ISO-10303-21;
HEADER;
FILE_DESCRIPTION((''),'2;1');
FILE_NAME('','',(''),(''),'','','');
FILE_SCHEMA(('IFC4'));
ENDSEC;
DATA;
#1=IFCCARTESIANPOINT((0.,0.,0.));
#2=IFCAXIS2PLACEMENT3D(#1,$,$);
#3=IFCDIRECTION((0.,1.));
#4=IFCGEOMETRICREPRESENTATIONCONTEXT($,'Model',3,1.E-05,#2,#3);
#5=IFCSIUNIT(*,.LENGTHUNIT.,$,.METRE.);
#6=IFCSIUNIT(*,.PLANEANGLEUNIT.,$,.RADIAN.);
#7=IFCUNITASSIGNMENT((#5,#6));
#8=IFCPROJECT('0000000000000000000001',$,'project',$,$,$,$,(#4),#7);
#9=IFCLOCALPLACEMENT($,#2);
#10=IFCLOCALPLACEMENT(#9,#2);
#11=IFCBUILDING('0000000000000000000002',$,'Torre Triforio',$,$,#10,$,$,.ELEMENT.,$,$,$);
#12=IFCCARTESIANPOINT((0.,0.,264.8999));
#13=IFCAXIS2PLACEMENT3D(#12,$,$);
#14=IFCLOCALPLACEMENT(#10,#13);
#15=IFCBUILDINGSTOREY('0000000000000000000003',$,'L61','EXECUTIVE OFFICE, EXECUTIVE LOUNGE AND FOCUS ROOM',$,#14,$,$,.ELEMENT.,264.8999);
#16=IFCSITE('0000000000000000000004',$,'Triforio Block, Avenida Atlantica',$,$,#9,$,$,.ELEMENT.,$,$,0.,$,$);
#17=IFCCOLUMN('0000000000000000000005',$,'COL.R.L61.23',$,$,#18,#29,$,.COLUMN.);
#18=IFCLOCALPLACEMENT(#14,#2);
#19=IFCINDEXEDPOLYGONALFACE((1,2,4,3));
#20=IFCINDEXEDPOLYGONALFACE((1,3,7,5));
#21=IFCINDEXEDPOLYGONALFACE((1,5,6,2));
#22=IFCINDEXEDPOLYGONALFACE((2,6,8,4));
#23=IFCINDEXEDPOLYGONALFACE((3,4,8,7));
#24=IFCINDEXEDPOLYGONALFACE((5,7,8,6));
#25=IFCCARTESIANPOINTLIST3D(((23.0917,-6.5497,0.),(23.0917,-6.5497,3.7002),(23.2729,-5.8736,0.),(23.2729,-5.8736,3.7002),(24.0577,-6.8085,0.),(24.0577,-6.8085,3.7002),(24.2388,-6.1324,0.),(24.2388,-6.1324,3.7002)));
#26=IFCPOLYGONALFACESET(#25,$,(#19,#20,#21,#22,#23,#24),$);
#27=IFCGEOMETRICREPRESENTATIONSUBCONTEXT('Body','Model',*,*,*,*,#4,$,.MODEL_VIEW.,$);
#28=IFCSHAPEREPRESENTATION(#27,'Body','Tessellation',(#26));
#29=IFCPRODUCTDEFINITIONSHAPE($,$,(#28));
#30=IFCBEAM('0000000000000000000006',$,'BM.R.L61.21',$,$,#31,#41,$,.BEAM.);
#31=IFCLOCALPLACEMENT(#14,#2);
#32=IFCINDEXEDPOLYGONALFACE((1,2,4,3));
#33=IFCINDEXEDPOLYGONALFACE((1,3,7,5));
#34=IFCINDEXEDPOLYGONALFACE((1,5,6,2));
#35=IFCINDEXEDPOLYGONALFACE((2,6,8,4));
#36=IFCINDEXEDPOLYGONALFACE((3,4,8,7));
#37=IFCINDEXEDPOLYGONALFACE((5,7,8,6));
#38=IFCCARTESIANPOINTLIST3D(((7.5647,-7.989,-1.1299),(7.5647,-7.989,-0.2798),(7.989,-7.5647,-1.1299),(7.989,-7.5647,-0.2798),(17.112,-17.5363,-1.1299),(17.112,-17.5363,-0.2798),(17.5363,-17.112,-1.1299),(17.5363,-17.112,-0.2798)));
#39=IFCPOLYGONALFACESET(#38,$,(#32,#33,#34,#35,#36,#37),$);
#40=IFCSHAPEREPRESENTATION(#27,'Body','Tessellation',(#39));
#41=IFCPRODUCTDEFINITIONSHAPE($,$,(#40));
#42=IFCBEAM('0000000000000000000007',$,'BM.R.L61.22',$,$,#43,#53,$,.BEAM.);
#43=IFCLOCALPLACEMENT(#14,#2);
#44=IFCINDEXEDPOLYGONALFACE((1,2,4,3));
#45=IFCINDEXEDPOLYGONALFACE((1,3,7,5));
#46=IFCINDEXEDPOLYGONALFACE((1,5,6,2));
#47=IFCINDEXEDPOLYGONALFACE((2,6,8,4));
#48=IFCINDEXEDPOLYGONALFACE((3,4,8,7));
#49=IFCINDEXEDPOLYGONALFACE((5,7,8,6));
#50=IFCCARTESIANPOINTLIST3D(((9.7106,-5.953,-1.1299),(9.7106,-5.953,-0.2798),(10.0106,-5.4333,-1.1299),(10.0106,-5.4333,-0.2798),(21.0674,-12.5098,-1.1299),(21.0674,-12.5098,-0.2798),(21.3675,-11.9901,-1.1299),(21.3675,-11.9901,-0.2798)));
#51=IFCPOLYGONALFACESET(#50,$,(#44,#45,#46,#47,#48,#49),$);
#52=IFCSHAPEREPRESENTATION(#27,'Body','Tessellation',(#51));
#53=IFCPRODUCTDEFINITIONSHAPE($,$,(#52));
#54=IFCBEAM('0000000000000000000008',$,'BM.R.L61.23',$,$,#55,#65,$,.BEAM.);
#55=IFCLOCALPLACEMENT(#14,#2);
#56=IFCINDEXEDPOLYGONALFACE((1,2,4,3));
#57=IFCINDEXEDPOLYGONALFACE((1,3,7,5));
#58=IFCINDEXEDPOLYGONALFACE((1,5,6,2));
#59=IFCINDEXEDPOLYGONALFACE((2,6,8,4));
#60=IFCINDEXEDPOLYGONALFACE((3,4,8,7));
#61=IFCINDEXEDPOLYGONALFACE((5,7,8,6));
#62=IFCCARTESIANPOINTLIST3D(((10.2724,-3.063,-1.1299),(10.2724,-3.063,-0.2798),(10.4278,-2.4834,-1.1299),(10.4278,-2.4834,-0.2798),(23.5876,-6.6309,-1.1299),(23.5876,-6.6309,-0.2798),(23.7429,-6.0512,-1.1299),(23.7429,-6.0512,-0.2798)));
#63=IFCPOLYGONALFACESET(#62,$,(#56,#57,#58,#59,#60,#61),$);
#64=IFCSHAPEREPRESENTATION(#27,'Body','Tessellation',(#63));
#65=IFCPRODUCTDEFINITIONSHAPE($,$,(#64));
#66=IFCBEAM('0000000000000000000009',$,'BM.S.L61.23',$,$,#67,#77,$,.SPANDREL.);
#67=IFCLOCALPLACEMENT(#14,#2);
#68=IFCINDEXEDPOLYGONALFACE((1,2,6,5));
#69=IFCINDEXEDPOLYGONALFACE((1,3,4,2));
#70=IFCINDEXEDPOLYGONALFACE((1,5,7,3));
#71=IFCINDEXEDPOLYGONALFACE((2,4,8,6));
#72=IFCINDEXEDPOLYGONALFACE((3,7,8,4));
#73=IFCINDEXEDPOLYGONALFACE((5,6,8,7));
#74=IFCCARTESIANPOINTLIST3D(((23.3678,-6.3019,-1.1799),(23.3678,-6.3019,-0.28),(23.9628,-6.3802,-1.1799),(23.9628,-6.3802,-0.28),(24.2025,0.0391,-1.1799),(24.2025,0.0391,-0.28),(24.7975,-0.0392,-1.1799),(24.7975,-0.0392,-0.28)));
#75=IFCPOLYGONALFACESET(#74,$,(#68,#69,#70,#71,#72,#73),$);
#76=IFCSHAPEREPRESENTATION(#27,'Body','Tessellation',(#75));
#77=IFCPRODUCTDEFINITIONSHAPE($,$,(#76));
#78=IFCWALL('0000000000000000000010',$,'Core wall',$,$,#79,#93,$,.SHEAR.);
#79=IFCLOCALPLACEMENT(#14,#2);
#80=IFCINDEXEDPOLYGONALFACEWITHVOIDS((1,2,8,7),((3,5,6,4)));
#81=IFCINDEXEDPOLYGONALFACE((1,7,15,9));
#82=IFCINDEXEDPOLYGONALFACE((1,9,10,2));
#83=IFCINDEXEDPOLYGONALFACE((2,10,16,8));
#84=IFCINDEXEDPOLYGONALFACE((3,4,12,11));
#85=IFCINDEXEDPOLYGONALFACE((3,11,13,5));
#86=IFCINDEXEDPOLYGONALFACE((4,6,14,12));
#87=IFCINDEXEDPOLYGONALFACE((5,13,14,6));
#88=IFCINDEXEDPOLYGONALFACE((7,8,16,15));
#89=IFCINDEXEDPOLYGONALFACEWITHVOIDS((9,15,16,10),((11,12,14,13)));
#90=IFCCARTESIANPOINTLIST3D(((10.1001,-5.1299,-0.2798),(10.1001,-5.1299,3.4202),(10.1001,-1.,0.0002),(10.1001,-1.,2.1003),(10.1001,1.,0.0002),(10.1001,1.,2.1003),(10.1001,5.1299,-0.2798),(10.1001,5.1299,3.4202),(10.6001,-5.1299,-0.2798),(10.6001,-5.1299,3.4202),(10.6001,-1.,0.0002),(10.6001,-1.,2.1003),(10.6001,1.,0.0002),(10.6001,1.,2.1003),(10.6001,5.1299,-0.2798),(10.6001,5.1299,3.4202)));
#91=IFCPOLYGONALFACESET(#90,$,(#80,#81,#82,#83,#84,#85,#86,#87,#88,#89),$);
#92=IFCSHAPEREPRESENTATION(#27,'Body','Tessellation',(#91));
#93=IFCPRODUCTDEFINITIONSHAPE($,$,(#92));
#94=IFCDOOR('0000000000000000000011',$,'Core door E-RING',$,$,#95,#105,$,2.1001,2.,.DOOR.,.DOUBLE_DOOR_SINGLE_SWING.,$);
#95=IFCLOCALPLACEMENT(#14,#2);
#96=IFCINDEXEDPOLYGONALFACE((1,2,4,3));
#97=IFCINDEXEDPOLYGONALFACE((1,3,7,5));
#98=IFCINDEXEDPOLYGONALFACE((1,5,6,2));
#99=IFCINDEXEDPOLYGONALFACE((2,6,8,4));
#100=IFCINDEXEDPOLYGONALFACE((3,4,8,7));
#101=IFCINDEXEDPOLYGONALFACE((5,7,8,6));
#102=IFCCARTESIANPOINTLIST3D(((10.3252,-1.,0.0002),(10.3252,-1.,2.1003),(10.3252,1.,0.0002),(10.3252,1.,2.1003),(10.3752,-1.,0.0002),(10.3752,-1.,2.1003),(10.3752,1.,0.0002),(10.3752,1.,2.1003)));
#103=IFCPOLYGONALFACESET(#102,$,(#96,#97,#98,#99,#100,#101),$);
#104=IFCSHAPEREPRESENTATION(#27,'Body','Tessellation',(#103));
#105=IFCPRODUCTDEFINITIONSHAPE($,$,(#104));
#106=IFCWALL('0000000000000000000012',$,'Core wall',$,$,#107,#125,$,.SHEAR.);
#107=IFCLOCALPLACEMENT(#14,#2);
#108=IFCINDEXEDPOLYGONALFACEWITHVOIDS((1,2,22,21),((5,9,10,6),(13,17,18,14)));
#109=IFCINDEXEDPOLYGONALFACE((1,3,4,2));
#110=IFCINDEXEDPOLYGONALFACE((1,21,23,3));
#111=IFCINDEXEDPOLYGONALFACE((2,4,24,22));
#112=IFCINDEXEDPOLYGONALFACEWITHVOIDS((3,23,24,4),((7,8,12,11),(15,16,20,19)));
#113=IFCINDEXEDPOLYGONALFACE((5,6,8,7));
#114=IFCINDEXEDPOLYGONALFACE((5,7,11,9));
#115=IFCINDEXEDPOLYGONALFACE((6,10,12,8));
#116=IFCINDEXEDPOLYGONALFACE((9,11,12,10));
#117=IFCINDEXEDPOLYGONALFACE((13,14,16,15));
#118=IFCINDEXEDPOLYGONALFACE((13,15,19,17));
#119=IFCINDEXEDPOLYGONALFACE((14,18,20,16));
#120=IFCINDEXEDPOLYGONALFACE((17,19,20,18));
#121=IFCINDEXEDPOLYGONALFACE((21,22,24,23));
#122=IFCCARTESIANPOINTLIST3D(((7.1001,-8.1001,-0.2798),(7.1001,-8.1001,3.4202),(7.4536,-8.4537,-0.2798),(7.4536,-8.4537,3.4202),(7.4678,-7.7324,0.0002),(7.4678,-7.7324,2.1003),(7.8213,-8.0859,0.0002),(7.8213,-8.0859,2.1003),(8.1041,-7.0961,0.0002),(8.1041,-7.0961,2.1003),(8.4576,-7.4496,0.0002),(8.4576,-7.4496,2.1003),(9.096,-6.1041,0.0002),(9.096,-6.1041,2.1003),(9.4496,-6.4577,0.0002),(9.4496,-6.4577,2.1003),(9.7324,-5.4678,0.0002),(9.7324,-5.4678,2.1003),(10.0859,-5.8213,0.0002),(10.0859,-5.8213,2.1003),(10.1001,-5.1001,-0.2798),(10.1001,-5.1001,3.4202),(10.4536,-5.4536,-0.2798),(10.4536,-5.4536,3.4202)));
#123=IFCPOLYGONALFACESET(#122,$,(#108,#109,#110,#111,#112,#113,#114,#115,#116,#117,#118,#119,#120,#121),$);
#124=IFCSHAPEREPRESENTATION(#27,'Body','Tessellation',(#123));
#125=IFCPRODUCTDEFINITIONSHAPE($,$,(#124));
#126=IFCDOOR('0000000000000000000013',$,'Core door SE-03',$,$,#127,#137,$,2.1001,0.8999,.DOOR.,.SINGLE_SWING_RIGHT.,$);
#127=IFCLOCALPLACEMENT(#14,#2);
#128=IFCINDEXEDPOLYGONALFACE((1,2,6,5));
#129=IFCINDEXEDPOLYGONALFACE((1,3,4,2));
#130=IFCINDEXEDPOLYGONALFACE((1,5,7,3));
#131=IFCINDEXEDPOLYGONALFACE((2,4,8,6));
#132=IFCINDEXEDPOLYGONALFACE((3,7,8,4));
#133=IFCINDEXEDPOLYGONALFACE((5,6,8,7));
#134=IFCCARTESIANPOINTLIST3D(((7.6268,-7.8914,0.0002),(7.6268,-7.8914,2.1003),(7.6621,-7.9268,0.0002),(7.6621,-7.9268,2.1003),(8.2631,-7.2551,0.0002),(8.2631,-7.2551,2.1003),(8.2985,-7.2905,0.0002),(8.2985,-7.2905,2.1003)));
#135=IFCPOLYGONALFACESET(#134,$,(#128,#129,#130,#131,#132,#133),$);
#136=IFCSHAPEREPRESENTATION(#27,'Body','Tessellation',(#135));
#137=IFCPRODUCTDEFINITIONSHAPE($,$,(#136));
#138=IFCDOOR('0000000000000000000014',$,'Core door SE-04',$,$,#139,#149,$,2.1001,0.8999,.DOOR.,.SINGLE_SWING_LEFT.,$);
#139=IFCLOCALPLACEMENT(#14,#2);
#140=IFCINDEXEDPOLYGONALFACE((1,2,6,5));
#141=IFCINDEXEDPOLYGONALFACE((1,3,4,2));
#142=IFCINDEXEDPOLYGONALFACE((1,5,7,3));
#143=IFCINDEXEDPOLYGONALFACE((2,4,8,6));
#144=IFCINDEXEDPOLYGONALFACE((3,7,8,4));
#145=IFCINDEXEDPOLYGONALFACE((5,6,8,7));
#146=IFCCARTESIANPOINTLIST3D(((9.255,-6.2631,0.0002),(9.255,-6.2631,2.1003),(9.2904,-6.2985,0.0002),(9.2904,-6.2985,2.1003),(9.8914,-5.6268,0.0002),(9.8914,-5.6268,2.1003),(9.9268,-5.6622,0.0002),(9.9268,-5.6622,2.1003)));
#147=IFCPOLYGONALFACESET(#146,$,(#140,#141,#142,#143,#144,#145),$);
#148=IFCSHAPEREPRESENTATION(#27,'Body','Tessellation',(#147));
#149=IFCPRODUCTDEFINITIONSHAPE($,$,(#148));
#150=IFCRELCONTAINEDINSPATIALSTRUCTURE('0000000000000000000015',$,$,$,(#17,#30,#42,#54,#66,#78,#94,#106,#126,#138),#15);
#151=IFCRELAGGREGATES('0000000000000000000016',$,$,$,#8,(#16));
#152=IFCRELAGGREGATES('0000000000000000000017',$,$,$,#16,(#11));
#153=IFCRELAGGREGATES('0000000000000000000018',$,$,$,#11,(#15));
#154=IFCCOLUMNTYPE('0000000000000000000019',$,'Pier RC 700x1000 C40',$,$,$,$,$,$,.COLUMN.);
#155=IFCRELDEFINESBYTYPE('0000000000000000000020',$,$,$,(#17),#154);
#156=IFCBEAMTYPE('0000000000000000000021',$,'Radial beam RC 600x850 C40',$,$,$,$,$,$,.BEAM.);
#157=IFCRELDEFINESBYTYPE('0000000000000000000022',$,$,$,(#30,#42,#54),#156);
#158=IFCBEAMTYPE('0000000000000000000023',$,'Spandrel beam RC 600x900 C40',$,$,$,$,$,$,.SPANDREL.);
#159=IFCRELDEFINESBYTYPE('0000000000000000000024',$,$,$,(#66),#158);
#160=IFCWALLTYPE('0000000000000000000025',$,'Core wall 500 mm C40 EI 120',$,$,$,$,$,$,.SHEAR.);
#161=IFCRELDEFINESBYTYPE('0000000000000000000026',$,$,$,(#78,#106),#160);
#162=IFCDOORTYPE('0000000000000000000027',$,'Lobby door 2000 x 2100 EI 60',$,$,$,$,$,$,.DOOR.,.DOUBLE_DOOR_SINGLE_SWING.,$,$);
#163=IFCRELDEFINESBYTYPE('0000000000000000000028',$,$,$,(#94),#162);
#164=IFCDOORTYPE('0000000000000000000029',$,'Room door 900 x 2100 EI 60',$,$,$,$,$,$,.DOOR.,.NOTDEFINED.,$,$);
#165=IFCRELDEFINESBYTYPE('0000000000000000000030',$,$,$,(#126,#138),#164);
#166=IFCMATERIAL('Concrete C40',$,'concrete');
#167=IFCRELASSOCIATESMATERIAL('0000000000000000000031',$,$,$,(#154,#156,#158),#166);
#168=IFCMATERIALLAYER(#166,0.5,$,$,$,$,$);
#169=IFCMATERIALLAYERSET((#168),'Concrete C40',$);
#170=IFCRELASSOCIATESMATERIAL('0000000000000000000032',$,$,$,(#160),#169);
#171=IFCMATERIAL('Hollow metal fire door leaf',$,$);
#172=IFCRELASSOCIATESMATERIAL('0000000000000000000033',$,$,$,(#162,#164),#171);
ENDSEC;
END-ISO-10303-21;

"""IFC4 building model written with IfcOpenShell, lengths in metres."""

from ifc_helpers import new_model, si_unit, direction, frame, frame_2d, origin, origin_2d, place, context, subcontext, project, spatial, rectangle, extrude, material, layer, layer_set, material_profile, profile_set, type_object, element, fill, save


model = new_model("IFC4")

# Units and contexts
model_context = context("Model", 3, precision=1e-05, world=origin(), true_north=direction((0.0, 1.0)))
body_context = subcontext(model_context, "Body", "Model", "MODEL_VIEW")
ifc_project = project(units=[si_unit("LENGTHUNIT", "METRE"), si_unit("PLANEANGLEUNIT", "RADIAN")], contexts=[model_context])

# Site, building, storey
site_placement = place(None, origin())
site = spatial("IfcSite", under=ifc_project, at=site_placement, Name="Triforio Block, Avenida Atlantica", CompositionType="ELEMENT", RefElevation=0.0)
building_placement = place(site_placement, origin())
building = spatial("IfcBuilding", under=site, at=building_placement, Name="Torre Triforio", CompositionType="ELEMENT")
storey_placement = place(building_placement, frame((0.0, 0.0, 264.8999)))
storey = spatial("IfcBuildingStorey", under=building, at=storey_placement, Name="L61", Description="EXECUTIVE OFFICE, EXECUTIVE LOUNGE AND FOCUS ROOM", CompositionType="ELEMENT", Elevation=264.8999)

# Column
ifc_material_1 = material(Name="Concrete C40", Category="concrete")
ifc_material_profile_1 = material_profile(ifc_material_1, rectangle(XDim=0.7, YDim=1.0, at=origin_2d()), Name="RC 700x1000")
ifc_profile_set_1 = profile_set([ifc_material_profile_1], Name="Concrete C40")
column_type = type_object("IfcColumnType", Name="Pier RC 700x1000 C40", PredefinedType="COLUMN", material=ifc_profile_set_1)
column_placement = place(storey_placement, frame((23.6653, -6.3411, 0.0), z_axis=(0.0, 0.0, 1.0), x_axis=(0.258819, 0.965926, 0.0)))
element("IfcColumn", 1, at=column_placement, inside=storey, type_object=column_type, Name="COL.R.L61.23", PredefinedType="COLUMN", context=body_context, shape_type="SweptSolid", body=[
    extrude(rectangle(XDim=0.7, YDim=1.0, at=origin_2d()), origin(), (0.0, 0.0, 1.0), 3.7002),
])

# Beams
ifc_material_profile_2 = material_profile(ifc_material_1, rectangle(XDim=0.6001, YDim=0.8501, at=origin_2d()), Name="RC 600x850")
ifc_profile_set_2 = profile_set([ifc_material_profile_2], Name="Concrete C40")
beam_type_1 = type_object("IfcBeamType", Name="Radial beam RC 600x850 C40", PredefinedType="BEAM", material=ifc_profile_set_2)
beam_1_placement = place(storey_placement, frame((7.7769, -7.7769, -0.7048), z_axis=(0.707107, -0.707107, 0.0), x_axis=(0.707107, 0.707107, 0.0)))
element("IfcBeam", 2, at=beam_1_placement, inside=storey, type_object=beam_type_1, Name="BM.R.L61.21", PredefinedType="BEAM", context=body_context, shape_type="SweptSolid", body=[
    extrude(rectangle(XDim=0.6001, YDim=0.8501, at=origin_2d()), origin(), (0.0, 0.0, 1.0), 13.502),
])
beam_2_placement = place(storey_placement, frame((9.8606, -5.6931, -0.7048), z_axis=(0.866027, -0.499997, 0.0), x_axis=(0.499997, 0.866027, 0.0)))
element("IfcBeam", 3, at=beam_2_placement, inside=storey, type_object=beam_type_1, Name="BM.R.L61.22", PredefinedType="BEAM", context=body_context, shape_type="SweptSolid", body=[
    extrude(rectangle(XDim=0.6001, YDim=0.8501, at=origin_2d()), origin(), (0.0, 0.0, 1.0), 13.1138),
])
beam_3_placement = place(storey_placement, frame((10.3501, -2.7732, -0.7048), z_axis=(0.965924, -0.258824, 0.0), x_axis=(0.258824, 0.965924, 0.0)))
element("IfcBeam", 4, at=beam_3_placement, inside=storey, type_object=beam_type_1, Name="BM.R.L61.23", PredefinedType="BEAM", context=body_context, shape_type="SweptSolid", body=[
    extrude(rectangle(XDim=0.6001, YDim=0.8501, at=origin_2d()), origin(), (0.0, 0.0, 1.0), 13.7849),
])
ifc_material_profile_3 = material_profile(ifc_material_1, rectangle(XDim=0.6001, YDim=0.8999, at=origin_2d()), Name="RC 600x900")
ifc_profile_set_3 = profile_set([ifc_material_profile_3], Name="Concrete C40")
beam_type_2 = type_object("IfcBeamType", Name="Spandrel beam RC 600x900 C40", PredefinedType="SPANDREL", material=ifc_profile_set_3)
beam_4_placement = place(storey_placement, frame((23.6653, -6.3411, -0.73), z_axis=(0.130511, 0.991447, 0.0), x_axis=(-0.991447, 0.130511, 0.0)))
element("IfcBeam", 5, at=beam_4_placement, inside=storey, type_object=beam_type_2, Name="BM.S.L61.23", PredefinedType="SPANDREL", context=body_context, shape_type="SweptSolid", body=[
    extrude(rectangle(XDim=0.6001, YDim=0.8999, at=origin_2d()), origin(), (0.0, 0.0, 1.0), 6.3958),
])

# Wall, opening, door
ifc_layer_1 = layer(ifc_material_1, 0.5)
ifc_layer_set_1 = layer_set([ifc_layer_1], Name="Concrete C40")
wall_type_1 = type_object("IfcWallType", Name="Core wall 500 mm C40 EI 120", PredefinedType="SHEAR", material=ifc_layer_set_1)
wall_1_placement = place(storey_placement, frame((10.3501, -5.1299, -0.2798), z_axis=(0.0, 0.0, 1.0), x_axis=(0.0, 1.0, 0.0)))
wall_1 = element("IfcWall", 6, at=wall_1_placement, inside=storey, type_object=wall_type_1, Name="Core wall", PredefinedType="SHEAR", context=body_context, shape_type="SweptSolid", body=[
    extrude(rectangle(XDim=10.2598, YDim=0.5, at=frame_2d((5.1299, 0.0))), origin(), (0.0, 0.0, 1.0), 3.7),
])
opening_1_placement = place(wall_1_placement, frame((4.1299, 0.0, 0.28)))
opening_1 = element("IfcOpeningElement", 7, at=opening_1_placement, cuts=wall_1, PredefinedType="OPENING", context=body_context, shape_type="SweptSolid", body=[
    extrude(rectangle(XDim=2.0, YDim=2.1001, at=frame_2d((1.0, 1.05))), frame((0.0, 0.26, 0.0), z_axis=(0.0, -1.0, 0.0), x_axis=(1.0, 0.0, 0.0)), (0.0, 0.0, 1.0), 0.52),
])
ifc_material_2 = material(Name="Hollow metal fire door leaf")
door_type_1 = type_object("IfcDoorType", Name="Lobby door 2000 x 2100 EI 60", OperationType="DOUBLE_DOOR_SINGLE_SWING", PredefinedType="DOOR", material=ifc_material_2)
door_1_placement = place(opening_1_placement, origin())
door_1 = element("IfcDoor", 8, at=door_1_placement, inside=storey, type_object=door_type_1, Name="Core door E-RING", OperationType="DOUBLE_DOOR_SINGLE_SWING", OverallHeight=2.1001, OverallWidth=2.0, PredefinedType="DOOR", context=body_context, shape_type="SweptSolid", body=[
    extrude(rectangle(XDim=2.0, YDim=2.1001, at=frame_2d((1.0, 1.05))), frame((0.0, 0.0249, 0.0), z_axis=(0.0, -1.0, 0.0), x_axis=(1.0, 0.0, 0.0)), (0.0, 0.0, 1.0), 0.05),
])
fill(opening_1, door_1)

# Wall, openings, doors
wall_2_placement = place(storey_placement, frame((10.2769, -5.2769, -0.2798), z_axis=(0.0, 0.0, 1.0), x_axis=(-0.707107, -0.707107, 0.0)))
wall_2 = element("IfcWall", 9, at=wall_2_placement, inside=storey, type_object=wall_type_1, Name="Core wall", PredefinedType="SHEAR", context=body_context, shape_type="SweptSolid", body=[
    extrude(rectangle(XDim=4.2427, YDim=0.5, at=frame_2d((2.1213, 0.0))), origin(), (0.0, 0.0, 1.0), 3.7),
])
opening_2_placement = place(wall_2_placement, frame((2.8228, 0.0, 0.28)))
opening_2 = element("IfcOpeningElement", 10, at=opening_2_placement, cuts=wall_2, PredefinedType="OPENING", context=body_context, shape_type="SweptSolid", body=[
    extrude(rectangle(XDim=0.8999, YDim=2.1001, at=frame_2d((0.45, 1.05))), frame((0.0, 0.26, 0.0), z_axis=(0.0, -1.0, 0.0), x_axis=(1.0, 0.0, 0.0)), (0.0, 0.0, 1.0), 0.52),
])
opening_3_placement = place(wall_2_placement, frame((0.52, 0.0, 0.28)))
opening_3 = element("IfcOpeningElement", 11, at=opening_3_placement, cuts=wall_2, PredefinedType="OPENING", context=body_context, shape_type="SweptSolid", body=[
    extrude(rectangle(XDim=0.8999, YDim=2.1001, at=frame_2d((0.45, 1.05))), frame((0.0, 0.26, 0.0), z_axis=(0.0, -1.0, 0.0), x_axis=(1.0, 0.0, 0.0)), (0.0, 0.0, 1.0), 0.52),
])
door_type_2 = type_object("IfcDoorType", Name="Room door 900 x 2100 EI 60", OperationType="NOTDEFINED", PredefinedType="DOOR", material=ifc_material_2)
door_2_placement = place(opening_2_placement, origin())
door_2 = element("IfcDoor", 12, at=door_2_placement, inside=storey, type_object=door_type_2, Name="Core door SE-03", OperationType="SINGLE_SWING_RIGHT", OverallHeight=2.1001, OverallWidth=0.8999, PredefinedType="DOOR", context=body_context, shape_type="SweptSolid", body=[
    extrude(rectangle(XDim=0.8999, YDim=2.1001, at=frame_2d((0.45, 1.05))), frame((0.0, 0.0249, 0.0), z_axis=(0.0, -1.0, 0.0), x_axis=(1.0, 0.0, 0.0)), (0.0, 0.0, 1.0), 0.05),
])
fill(opening_2, door_2)
door_3_placement = place(opening_3_placement, origin())
door_3 = element("IfcDoor", 13, at=door_3_placement, inside=storey, type_object=door_type_2, Name="Core door SE-04", OperationType="SINGLE_SWING_LEFT", OverallHeight=2.1001, OverallWidth=0.8999, PredefinedType="DOOR", context=body_context, shape_type="SweptSolid", body=[
    extrude(rectangle(XDim=0.8999, YDim=2.1001, at=frame_2d((0.45, 1.05))), frame((0.0, 0.0249, 0.0), z_axis=(0.0, -1.0, 0.0), x_axis=(1.0, 0.0, 0.0)), (0.0, 0.0, 1.0), 0.05),
])
fill(opening_3, door_3)

save(model, "model.ifc")
